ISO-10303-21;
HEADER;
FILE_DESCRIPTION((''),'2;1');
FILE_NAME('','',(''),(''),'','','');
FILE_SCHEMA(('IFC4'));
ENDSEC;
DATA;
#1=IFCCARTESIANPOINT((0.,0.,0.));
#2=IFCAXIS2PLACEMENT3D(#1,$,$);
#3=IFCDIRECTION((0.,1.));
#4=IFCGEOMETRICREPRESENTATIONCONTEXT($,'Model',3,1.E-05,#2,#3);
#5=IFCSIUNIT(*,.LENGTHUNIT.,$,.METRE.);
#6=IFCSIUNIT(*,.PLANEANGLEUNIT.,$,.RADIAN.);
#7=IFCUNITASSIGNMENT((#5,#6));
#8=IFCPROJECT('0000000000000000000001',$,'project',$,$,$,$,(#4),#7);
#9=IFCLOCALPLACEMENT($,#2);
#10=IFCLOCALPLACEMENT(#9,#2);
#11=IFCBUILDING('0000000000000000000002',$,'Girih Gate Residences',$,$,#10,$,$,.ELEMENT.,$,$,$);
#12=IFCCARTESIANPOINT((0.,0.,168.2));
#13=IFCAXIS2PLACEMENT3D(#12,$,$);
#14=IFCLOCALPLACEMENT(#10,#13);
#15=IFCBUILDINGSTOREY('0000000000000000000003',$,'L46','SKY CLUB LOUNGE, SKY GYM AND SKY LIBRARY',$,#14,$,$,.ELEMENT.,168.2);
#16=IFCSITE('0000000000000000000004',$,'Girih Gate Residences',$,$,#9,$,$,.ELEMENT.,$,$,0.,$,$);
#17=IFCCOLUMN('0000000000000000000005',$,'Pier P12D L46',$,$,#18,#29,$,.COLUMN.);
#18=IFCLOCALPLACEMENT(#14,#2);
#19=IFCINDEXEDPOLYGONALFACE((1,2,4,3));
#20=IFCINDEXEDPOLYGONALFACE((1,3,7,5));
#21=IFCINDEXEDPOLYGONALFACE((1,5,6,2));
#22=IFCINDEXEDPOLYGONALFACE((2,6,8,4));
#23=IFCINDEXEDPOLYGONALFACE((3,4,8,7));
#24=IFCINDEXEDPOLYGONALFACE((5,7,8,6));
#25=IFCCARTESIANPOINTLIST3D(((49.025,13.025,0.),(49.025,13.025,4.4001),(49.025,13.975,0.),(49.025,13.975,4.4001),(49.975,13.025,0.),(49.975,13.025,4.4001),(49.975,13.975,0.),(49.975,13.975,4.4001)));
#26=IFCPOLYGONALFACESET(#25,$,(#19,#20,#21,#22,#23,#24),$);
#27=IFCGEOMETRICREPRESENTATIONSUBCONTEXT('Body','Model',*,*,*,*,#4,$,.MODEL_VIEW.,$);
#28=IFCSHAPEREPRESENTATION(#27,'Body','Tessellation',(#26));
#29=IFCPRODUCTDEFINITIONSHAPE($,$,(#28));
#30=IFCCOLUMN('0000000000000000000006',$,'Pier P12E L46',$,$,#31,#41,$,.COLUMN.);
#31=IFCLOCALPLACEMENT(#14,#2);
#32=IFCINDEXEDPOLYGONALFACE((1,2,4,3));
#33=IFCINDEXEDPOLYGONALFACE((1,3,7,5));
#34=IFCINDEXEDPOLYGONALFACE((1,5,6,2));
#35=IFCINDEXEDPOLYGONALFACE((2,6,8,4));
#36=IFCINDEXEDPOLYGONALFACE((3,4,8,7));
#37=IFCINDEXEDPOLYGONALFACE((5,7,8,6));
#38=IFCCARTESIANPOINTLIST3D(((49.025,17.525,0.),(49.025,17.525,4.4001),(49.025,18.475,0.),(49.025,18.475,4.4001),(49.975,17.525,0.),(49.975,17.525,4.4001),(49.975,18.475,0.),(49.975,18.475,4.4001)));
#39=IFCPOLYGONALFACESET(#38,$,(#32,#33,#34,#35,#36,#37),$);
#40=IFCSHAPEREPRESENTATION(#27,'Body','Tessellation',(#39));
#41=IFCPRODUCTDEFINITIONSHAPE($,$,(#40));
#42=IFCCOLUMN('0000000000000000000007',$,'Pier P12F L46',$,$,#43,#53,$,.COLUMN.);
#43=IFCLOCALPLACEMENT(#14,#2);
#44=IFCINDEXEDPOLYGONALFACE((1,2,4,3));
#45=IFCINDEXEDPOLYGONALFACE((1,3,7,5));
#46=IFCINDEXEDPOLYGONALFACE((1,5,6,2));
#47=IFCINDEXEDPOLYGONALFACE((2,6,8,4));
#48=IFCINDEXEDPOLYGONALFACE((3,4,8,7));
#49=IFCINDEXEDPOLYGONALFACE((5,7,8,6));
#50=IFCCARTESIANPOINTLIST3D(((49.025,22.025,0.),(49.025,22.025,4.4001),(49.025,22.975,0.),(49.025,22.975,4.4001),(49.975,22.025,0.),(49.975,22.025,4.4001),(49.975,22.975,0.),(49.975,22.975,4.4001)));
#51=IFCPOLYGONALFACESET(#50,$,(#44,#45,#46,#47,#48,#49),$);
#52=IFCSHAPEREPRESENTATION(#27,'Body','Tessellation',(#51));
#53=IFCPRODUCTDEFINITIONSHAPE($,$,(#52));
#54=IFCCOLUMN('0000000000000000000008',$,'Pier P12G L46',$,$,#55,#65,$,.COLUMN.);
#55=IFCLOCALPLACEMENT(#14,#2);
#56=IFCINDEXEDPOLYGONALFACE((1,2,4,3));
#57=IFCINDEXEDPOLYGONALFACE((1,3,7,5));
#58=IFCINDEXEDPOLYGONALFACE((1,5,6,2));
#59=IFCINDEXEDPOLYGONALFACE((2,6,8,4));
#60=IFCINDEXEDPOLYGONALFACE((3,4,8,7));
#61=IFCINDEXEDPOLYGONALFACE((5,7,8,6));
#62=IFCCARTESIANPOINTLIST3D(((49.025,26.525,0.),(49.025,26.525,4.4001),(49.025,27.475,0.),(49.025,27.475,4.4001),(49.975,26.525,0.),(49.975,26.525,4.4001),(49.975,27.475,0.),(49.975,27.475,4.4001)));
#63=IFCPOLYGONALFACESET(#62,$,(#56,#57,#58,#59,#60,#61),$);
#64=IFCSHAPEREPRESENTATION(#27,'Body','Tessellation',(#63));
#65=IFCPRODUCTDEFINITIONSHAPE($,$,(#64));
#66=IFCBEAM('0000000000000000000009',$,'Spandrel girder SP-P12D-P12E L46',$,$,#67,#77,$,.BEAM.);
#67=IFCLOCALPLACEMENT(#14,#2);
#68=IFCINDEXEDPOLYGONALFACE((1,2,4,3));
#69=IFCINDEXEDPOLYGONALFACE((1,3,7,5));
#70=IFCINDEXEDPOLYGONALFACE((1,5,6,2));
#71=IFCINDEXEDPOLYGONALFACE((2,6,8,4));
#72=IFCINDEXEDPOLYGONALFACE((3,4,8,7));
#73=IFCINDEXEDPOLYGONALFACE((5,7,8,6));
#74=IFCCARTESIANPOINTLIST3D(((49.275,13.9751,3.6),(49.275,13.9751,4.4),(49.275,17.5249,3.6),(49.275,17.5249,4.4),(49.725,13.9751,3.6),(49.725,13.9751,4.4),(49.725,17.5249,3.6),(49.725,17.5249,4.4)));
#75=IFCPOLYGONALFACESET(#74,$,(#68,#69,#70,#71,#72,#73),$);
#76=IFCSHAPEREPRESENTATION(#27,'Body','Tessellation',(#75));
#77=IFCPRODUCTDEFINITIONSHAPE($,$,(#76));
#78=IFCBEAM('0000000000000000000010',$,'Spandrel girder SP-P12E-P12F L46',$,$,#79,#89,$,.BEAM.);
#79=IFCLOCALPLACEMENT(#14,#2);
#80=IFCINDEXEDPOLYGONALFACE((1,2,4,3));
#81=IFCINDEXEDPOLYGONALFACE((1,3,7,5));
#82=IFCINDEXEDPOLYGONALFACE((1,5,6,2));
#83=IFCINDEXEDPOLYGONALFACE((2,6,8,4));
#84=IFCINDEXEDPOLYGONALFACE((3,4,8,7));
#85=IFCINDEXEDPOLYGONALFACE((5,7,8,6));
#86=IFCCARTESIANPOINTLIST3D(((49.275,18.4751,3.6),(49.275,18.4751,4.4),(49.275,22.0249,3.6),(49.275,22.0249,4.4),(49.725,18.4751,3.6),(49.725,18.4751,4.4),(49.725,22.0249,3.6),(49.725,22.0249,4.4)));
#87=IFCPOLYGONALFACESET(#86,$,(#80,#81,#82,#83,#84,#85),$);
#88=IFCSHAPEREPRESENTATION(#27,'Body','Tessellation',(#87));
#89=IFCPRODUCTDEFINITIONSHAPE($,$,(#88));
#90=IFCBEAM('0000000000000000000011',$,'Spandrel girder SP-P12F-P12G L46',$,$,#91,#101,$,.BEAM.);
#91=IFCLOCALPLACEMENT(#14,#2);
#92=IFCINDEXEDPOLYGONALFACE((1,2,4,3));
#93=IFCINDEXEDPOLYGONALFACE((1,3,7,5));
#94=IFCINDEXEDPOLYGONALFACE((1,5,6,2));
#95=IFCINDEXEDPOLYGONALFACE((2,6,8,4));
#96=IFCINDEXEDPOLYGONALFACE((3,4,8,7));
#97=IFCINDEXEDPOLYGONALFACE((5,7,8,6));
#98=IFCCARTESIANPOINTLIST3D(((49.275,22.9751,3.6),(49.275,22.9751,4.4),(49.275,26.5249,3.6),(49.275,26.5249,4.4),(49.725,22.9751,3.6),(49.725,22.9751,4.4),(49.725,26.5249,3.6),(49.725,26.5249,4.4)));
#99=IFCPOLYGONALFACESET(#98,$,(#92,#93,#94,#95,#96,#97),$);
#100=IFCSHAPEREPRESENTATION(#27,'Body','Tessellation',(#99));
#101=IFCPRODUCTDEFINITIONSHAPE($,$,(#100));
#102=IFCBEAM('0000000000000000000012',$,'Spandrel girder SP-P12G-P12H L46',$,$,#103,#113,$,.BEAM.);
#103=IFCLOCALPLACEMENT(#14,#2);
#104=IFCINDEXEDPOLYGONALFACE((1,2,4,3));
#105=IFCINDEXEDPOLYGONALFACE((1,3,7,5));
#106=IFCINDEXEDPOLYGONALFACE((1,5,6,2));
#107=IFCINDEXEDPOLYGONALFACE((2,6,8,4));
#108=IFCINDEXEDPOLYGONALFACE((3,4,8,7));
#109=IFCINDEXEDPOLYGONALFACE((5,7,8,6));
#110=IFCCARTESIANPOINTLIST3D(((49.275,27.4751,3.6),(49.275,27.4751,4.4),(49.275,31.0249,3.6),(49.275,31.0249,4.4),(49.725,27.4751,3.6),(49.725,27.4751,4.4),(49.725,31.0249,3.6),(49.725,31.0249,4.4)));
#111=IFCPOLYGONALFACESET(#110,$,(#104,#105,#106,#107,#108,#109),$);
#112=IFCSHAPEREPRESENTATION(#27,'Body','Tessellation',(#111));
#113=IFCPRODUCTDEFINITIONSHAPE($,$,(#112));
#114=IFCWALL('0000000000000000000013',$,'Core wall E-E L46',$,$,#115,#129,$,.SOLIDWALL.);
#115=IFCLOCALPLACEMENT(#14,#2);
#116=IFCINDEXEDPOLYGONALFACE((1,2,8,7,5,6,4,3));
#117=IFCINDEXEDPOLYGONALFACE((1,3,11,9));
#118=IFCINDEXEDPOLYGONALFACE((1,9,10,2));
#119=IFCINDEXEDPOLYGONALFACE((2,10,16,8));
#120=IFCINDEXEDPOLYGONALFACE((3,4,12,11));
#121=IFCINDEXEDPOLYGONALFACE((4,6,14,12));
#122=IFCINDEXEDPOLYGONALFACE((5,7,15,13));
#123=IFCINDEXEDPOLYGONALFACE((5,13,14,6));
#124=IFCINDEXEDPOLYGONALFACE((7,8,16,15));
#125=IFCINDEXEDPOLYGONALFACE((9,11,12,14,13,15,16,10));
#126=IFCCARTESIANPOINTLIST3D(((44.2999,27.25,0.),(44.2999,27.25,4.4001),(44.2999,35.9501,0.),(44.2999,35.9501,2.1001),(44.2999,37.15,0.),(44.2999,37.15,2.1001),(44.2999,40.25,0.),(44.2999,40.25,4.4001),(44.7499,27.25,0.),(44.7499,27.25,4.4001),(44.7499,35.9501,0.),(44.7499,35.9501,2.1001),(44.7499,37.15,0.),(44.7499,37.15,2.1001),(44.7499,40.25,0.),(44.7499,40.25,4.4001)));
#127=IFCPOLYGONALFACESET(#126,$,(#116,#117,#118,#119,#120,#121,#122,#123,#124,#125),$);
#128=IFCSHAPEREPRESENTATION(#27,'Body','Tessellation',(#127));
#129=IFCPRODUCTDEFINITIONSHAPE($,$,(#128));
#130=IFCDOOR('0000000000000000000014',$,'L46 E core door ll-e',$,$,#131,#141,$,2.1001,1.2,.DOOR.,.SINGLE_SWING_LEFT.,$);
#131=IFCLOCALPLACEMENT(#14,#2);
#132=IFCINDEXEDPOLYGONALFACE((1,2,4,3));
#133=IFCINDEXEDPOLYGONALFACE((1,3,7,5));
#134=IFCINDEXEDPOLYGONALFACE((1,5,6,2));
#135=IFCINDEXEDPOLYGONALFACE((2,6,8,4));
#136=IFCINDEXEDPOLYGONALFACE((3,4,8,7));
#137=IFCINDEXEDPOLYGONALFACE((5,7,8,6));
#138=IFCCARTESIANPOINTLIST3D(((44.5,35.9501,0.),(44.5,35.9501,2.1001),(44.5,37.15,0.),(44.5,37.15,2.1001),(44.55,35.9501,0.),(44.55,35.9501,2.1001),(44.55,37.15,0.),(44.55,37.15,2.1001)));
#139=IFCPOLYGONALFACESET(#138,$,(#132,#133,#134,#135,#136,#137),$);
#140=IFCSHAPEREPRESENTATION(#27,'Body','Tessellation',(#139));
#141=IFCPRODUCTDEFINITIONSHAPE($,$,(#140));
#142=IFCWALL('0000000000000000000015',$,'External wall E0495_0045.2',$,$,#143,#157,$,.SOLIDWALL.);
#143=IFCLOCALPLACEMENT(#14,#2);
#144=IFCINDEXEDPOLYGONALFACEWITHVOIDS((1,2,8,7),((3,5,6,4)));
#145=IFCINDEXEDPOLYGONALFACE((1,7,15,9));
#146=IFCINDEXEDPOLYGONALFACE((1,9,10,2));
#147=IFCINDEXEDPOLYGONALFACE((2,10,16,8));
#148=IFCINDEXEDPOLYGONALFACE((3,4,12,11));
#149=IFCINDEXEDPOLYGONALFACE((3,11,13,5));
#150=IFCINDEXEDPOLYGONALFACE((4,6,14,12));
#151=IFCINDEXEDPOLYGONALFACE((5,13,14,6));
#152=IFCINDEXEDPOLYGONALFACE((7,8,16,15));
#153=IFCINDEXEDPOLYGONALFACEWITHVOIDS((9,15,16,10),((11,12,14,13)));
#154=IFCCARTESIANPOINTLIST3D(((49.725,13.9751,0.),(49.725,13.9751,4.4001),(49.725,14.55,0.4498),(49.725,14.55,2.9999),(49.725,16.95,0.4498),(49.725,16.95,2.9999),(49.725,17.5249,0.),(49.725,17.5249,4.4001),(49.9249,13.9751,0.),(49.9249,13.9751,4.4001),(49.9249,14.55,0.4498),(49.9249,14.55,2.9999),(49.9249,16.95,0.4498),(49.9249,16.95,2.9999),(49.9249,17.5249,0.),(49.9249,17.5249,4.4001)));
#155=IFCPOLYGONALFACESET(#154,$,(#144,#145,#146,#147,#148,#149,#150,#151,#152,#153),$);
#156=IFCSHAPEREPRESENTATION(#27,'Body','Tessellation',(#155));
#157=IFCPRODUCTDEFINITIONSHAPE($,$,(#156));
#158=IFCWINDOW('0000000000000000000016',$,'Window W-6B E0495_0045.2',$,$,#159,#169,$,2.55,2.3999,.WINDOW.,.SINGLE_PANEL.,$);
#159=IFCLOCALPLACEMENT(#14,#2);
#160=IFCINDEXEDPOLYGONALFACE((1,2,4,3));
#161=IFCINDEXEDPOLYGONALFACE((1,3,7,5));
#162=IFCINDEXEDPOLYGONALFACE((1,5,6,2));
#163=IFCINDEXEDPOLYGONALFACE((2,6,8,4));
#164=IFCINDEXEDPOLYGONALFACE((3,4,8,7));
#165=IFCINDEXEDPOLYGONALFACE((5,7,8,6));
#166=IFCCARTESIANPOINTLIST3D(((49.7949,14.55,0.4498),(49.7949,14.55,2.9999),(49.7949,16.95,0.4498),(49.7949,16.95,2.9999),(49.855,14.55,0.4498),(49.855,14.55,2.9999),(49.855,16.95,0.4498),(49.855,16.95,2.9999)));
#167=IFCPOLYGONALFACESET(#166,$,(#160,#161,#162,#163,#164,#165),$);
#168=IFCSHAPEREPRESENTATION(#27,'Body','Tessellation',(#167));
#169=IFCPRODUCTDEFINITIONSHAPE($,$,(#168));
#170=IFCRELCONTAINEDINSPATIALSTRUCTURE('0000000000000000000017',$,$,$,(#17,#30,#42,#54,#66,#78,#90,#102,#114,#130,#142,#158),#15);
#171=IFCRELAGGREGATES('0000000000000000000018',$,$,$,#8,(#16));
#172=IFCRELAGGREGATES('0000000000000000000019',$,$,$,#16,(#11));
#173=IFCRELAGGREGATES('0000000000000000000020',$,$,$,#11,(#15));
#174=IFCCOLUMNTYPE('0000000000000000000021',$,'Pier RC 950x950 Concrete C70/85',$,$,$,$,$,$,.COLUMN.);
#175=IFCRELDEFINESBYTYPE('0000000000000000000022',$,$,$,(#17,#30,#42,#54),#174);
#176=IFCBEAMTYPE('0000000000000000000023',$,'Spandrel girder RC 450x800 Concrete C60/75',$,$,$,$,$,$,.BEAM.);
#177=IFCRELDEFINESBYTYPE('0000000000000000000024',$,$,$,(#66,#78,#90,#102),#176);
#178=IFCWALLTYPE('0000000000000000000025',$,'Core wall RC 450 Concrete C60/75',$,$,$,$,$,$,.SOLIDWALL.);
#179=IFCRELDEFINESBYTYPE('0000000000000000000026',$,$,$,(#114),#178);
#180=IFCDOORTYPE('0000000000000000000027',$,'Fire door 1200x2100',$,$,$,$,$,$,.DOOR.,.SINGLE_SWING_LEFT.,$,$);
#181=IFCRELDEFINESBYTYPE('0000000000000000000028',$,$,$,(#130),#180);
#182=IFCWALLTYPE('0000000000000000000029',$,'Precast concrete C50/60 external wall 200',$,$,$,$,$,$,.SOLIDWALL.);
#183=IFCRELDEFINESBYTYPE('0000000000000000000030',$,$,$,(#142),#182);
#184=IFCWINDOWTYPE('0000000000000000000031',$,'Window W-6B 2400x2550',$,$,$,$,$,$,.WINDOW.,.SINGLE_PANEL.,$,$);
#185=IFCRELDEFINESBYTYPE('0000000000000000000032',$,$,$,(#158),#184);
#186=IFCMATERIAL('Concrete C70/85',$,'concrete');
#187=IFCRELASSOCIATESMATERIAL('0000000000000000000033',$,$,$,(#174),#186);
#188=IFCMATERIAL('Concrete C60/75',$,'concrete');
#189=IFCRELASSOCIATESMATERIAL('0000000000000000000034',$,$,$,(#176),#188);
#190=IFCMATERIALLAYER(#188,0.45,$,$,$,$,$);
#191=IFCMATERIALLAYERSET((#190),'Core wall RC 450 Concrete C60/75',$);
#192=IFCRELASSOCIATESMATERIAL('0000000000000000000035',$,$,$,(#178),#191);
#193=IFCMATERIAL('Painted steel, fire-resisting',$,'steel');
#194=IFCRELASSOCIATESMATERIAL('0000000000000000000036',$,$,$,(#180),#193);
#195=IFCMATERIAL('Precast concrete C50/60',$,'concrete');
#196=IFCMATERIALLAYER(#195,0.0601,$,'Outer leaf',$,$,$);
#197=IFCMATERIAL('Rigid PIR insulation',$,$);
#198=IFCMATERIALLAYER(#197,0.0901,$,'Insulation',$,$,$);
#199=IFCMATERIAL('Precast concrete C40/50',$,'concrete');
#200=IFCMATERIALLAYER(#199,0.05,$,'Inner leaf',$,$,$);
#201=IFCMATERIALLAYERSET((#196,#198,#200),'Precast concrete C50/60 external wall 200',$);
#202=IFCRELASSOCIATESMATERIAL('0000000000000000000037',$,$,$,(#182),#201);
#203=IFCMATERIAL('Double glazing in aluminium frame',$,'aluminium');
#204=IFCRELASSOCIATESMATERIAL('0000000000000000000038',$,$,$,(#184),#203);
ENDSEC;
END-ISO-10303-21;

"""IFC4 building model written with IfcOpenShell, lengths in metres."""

from ifc_helpers import new_model, si_unit, direction, frame, frame_2d, origin, origin_2d, place, context, subcontext, project, spatial, rectangle, extrude, material, layer, layer_set, material_profile, profile_set, type_object, element, fill, save


model = new_model("IFC4")

# Units and contexts
model_context = context("Model", 3, precision=1e-05, world=origin(), true_north=direction((0.0, 1.0)))
body_context = subcontext(model_context, "Body", "Model", "MODEL_VIEW")
ifc_project = project(units=[si_unit("LENGTHUNIT", "METRE"), si_unit("PLANEANGLEUNIT", "RADIAN")], contexts=[model_context])

# Site, building, storey
site_placement = place(None, origin())
site = spatial("IfcSite", under=ifc_project, at=site_placement, Name="Girih Gate Residences", CompositionType="ELEMENT", RefElevation=0.0)
building_placement = place(site_placement, origin())
building = spatial("IfcBuilding", under=site, at=building_placement, Name="Girih Gate Residences", CompositionType="ELEMENT")
storey_placement = place(building_placement, frame((0.0, 0.0, 168.2)))
storey = spatial("IfcBuildingStorey", under=building, at=storey_placement, Name="L46", Description="SKY CLUB LOUNGE, SKY GYM AND SKY LIBRARY", CompositionType="ELEMENT", Elevation=168.2)

# Columns
ifc_material_1 = material(Name="Concrete C70/85", Category="concrete")
ifc_material_profile_1 = material_profile(ifc_material_1, rectangle(XDim=0.95, YDim=0.95, at=origin_2d()))
ifc_profile_set_1 = profile_set([ifc_material_profile_1], Name="Concrete C70/85")
column_type = type_object("IfcColumnType", Name="Pier RC 950x950 Concrete C70/85", PredefinedType="COLUMN", material=ifc_profile_set_1)
for number, where, z_axis, x_axis, name in (
    (1, (49.5, 13.5, 0.0), (0.0, 0.0, 1.0), (1.0, 0.0, 0.0), "Pier P12D L46"),
    (2, (49.5, 18.0, 0.0), (0.0, 0.0, 1.0), (1.0, 0.0, 0.0), "Pier P12E L46"),
    (3, (49.5, 22.5, 0.0), (0.0, 0.0, 1.0), (1.0, 0.0, 0.0), "Pier P12F L46"),
    (4, (49.5, 27.0, 0.0), (0.0, 0.0, 1.0), (1.0, 0.0, 0.0), "Pier P12G L46"),
):
    element("IfcColumn", number, at=place(storey_placement, frame(where, z_axis=z_axis, x_axis=x_axis)), inside=storey, type_object=column_type, Name=name, PredefinedType="COLUMN", context=body_context, shape_type="SweptSolid", body=[
        extrude(rectangle(XDim=0.95, YDim=0.95, at=origin_2d()), origin(), (0.0, 0.0, 1.0), 4.4001),
    ])

# Beams
ifc_material_2 = material(Name="Concrete C60/75", Category="concrete")
ifc_material_profile_2 = material_profile(ifc_material_2, rectangle(XDim=0.45, YDim=0.8, at=origin_2d()))
ifc_profile_set_2 = profile_set([ifc_material_profile_2], Name="Concrete C60/75")
beam_type = type_object("IfcBeamType", Name="Spandrel girder RC 450x800 Concrete C60/75", PredefinedType="BEAM", material=ifc_profile_set_2)
for number, where, z_axis, x_axis, name in (
    (5, (49.5, 13.9751, 4.0), (0.0, 1.0, 0.0), (-1.0, 0.0, 0.0), "Spandrel girder SP-P12D-P12E L46"),
    (6, (49.5, 18.4751, 4.0), (0.0, 1.0, 0.0), (-1.0, 0.0, 0.0), "Spandrel girder SP-P12E-P12F L46"),
    (7, (49.5, 22.9751, 4.0), (0.0, 1.0, 0.0), (-1.0, 0.0, 0.0), "Spandrel girder SP-P12F-P12G L46"),
    (8, (49.5, 27.4751, 4.0), (0.0, 1.0, 0.0), (-1.0, 0.0, 0.0), "Spandrel girder SP-P12G-P12H L46"),
):
    element("IfcBeam", number, at=place(storey_placement, frame(where, z_axis=z_axis, x_axis=x_axis)), inside=storey, type_object=beam_type, Name=name, PredefinedType="BEAM", context=body_context, shape_type="SweptSolid", body=[
        extrude(rectangle(XDim=0.45, YDim=0.8, at=origin_2d()), origin(), (0.0, 0.0, 1.0), 3.5498),
    ])

# Wall, opening, door
ifc_layer_1 = layer(ifc_material_2, 0.45)
ifc_layer_set_1 = layer_set([ifc_layer_1], Name="Core wall RC 450 Concrete C60/75")
wall_type_1 = type_object("IfcWallType", Name="Core wall RC 450 Concrete C60/75", PredefinedType="SOLIDWALL", material=ifc_layer_set_1)
wall_1_placement = place(storey_placement, frame((44.5249, 27.25, 0.0), z_axis=(0.0, 0.0, 1.0), x_axis=(0.0, 1.0, 0.0)))
wall_1 = element("IfcWall", 9, at=wall_1_placement, inside=storey, type_object=wall_type_1, Name="Core wall E-E L46", PredefinedType="SOLIDWALL", context=body_context, shape_type="SweptSolid", body=[
    extrude(rectangle(XDim=13.0, YDim=0.45, at=frame_2d((6.5, 0.0))), origin(), (0.0, 0.0, 1.0), 4.4001),
])
opening_1_placement = place(wall_1_placement, frame((8.7, 0.0, 0.0)))
opening_1 = element("IfcOpeningElement", 10, at=opening_1_placement, cuts=wall_1, PredefinedType="OPENING", context=body_context, shape_type="SweptSolid", body=[
    extrude(rectangle(XDim=1.2, YDim=2.1001, at=frame_2d((0.6001, 1.05))), frame((0.0, 0.2349, 0.0), z_axis=(0.0, -1.0, 0.0), x_axis=(1.0, 0.0, 0.0)), (0.0, 0.0, 1.0), 0.47),
])
ifc_material_3 = material(Name="Painted steel, fire-resisting", Category="steel")
door_type = type_object("IfcDoorType", Name="Fire door 1200x2100", OperationType="SINGLE_SWING_LEFT", PredefinedType="DOOR", material=ifc_material_3)
door_placement = place(opening_1_placement, origin())
door = element("IfcDoor", 11, at=door_placement, inside=storey, type_object=door_type, Name="L46 E core door ll-e", OperationType="SINGLE_SWING_LEFT", OverallHeight=2.1001, OverallWidth=1.2, PredefinedType="DOOR", context=body_context, shape_type="SweptSolid", body=[
    extrude(rectangle(XDim=1.2, YDim=2.1001, at=frame_2d((0.6001, 1.05))), frame((0.0, 0.0249, 0.0), z_axis=(0.0, -1.0, 0.0), x_axis=(1.0, 0.0, 0.0)), (0.0, 0.0, 1.0), 0.05),
])
fill(opening_1, door)

# Wall, opening, window
ifc_material_4 = material(Name="Precast concrete C50/60", Category="concrete")
ifc_layer_2 = layer(ifc_material_4, 0.0601, Name="Outer leaf")
ifc_material_5 = material(Name="Rigid PIR insulation")
ifc_layer_3 = layer(ifc_material_5, 0.0901, Name="Insulation")
ifc_material_6 = material(Name="Precast concrete C40/50", Category="concrete")
ifc_layer_4 = layer(ifc_material_6, 0.05, Name="Inner leaf")
ifc_layer_set_2 = layer_set([ifc_layer_2, ifc_layer_3, ifc_layer_4], Name="Precast concrete C50/60 external wall 200")
wall_type_2 = type_object("IfcWallType", Name="Precast concrete C50/60 external wall 200", PredefinedType="SOLIDWALL", material=ifc_layer_set_2)
wall_2_placement = place(storey_placement, frame((49.825, 17.5249, 0.0), z_axis=(0.0, 0.0, 1.0), x_axis=(0.0, -1.0, 0.0)))
wall_2 = element("IfcWall", 12, at=wall_2_placement, inside=storey, type_object=wall_type_2, Name="External wall E0495_0045.2", PredefinedType="SOLIDWALL", context=body_context, shape_type="SweptSolid", body=[
    extrude(rectangle(XDim=3.5498, YDim=0.2, at=frame_2d((1.7749, 0.0))), origin(), (0.0, 0.0, 1.0), 4.4001),
])
opening_2_placement = place(wall_2_placement, frame((0.575, 0.0, 0.45)))
opening_2 = element("IfcOpeningElement", 13, at=opening_2_placement, cuts=wall_2, PredefinedType="OPENING", context=body_context, shape_type="SweptSolid", body=[
    extrude(rectangle(XDim=2.3999, YDim=2.55, at=frame_2d((1.2, 1.2749))), frame((0.0, 0.1099, 0.0), z_axis=(0.0, -1.0, 0.0), x_axis=(1.0, 0.0, 0.0)), (0.0, 0.0, 1.0), 0.22),
])
ifc_material_7 = material(Name="Double glazing in aluminium frame", Category="aluminium")
window_type = type_object("IfcWindowType", Name="Window W-6B 2400x2550", PartitioningType="SINGLE_PANEL", PredefinedType="WINDOW", material=ifc_material_7)
window_1_placement = place(opening_2_placement, origin())
window_1 = element("IfcWindow", 14, at=window_1_placement, inside=storey, type_object=window_type, Name="Window W-6B E0495_0045.2", OverallHeight=2.55, OverallWidth=2.3999, PartitioningType="SINGLE_PANEL", PredefinedType="WINDOW", context=body_context, shape_type="SweptSolid", body=[
    extrude(rectangle(XDim=2.3999, YDim=2.55, at=frame_2d((1.2, 1.2749))), frame((0.0, 0.03, 0.0), z_axis=(0.0, -1.0, 0.0), x_axis=(1.0, 0.0, 0.0)), (0.0, 0.0, 1.0), 0.0601),
])
fill(opening_2, window_1)

save(model, "model.ifc")
